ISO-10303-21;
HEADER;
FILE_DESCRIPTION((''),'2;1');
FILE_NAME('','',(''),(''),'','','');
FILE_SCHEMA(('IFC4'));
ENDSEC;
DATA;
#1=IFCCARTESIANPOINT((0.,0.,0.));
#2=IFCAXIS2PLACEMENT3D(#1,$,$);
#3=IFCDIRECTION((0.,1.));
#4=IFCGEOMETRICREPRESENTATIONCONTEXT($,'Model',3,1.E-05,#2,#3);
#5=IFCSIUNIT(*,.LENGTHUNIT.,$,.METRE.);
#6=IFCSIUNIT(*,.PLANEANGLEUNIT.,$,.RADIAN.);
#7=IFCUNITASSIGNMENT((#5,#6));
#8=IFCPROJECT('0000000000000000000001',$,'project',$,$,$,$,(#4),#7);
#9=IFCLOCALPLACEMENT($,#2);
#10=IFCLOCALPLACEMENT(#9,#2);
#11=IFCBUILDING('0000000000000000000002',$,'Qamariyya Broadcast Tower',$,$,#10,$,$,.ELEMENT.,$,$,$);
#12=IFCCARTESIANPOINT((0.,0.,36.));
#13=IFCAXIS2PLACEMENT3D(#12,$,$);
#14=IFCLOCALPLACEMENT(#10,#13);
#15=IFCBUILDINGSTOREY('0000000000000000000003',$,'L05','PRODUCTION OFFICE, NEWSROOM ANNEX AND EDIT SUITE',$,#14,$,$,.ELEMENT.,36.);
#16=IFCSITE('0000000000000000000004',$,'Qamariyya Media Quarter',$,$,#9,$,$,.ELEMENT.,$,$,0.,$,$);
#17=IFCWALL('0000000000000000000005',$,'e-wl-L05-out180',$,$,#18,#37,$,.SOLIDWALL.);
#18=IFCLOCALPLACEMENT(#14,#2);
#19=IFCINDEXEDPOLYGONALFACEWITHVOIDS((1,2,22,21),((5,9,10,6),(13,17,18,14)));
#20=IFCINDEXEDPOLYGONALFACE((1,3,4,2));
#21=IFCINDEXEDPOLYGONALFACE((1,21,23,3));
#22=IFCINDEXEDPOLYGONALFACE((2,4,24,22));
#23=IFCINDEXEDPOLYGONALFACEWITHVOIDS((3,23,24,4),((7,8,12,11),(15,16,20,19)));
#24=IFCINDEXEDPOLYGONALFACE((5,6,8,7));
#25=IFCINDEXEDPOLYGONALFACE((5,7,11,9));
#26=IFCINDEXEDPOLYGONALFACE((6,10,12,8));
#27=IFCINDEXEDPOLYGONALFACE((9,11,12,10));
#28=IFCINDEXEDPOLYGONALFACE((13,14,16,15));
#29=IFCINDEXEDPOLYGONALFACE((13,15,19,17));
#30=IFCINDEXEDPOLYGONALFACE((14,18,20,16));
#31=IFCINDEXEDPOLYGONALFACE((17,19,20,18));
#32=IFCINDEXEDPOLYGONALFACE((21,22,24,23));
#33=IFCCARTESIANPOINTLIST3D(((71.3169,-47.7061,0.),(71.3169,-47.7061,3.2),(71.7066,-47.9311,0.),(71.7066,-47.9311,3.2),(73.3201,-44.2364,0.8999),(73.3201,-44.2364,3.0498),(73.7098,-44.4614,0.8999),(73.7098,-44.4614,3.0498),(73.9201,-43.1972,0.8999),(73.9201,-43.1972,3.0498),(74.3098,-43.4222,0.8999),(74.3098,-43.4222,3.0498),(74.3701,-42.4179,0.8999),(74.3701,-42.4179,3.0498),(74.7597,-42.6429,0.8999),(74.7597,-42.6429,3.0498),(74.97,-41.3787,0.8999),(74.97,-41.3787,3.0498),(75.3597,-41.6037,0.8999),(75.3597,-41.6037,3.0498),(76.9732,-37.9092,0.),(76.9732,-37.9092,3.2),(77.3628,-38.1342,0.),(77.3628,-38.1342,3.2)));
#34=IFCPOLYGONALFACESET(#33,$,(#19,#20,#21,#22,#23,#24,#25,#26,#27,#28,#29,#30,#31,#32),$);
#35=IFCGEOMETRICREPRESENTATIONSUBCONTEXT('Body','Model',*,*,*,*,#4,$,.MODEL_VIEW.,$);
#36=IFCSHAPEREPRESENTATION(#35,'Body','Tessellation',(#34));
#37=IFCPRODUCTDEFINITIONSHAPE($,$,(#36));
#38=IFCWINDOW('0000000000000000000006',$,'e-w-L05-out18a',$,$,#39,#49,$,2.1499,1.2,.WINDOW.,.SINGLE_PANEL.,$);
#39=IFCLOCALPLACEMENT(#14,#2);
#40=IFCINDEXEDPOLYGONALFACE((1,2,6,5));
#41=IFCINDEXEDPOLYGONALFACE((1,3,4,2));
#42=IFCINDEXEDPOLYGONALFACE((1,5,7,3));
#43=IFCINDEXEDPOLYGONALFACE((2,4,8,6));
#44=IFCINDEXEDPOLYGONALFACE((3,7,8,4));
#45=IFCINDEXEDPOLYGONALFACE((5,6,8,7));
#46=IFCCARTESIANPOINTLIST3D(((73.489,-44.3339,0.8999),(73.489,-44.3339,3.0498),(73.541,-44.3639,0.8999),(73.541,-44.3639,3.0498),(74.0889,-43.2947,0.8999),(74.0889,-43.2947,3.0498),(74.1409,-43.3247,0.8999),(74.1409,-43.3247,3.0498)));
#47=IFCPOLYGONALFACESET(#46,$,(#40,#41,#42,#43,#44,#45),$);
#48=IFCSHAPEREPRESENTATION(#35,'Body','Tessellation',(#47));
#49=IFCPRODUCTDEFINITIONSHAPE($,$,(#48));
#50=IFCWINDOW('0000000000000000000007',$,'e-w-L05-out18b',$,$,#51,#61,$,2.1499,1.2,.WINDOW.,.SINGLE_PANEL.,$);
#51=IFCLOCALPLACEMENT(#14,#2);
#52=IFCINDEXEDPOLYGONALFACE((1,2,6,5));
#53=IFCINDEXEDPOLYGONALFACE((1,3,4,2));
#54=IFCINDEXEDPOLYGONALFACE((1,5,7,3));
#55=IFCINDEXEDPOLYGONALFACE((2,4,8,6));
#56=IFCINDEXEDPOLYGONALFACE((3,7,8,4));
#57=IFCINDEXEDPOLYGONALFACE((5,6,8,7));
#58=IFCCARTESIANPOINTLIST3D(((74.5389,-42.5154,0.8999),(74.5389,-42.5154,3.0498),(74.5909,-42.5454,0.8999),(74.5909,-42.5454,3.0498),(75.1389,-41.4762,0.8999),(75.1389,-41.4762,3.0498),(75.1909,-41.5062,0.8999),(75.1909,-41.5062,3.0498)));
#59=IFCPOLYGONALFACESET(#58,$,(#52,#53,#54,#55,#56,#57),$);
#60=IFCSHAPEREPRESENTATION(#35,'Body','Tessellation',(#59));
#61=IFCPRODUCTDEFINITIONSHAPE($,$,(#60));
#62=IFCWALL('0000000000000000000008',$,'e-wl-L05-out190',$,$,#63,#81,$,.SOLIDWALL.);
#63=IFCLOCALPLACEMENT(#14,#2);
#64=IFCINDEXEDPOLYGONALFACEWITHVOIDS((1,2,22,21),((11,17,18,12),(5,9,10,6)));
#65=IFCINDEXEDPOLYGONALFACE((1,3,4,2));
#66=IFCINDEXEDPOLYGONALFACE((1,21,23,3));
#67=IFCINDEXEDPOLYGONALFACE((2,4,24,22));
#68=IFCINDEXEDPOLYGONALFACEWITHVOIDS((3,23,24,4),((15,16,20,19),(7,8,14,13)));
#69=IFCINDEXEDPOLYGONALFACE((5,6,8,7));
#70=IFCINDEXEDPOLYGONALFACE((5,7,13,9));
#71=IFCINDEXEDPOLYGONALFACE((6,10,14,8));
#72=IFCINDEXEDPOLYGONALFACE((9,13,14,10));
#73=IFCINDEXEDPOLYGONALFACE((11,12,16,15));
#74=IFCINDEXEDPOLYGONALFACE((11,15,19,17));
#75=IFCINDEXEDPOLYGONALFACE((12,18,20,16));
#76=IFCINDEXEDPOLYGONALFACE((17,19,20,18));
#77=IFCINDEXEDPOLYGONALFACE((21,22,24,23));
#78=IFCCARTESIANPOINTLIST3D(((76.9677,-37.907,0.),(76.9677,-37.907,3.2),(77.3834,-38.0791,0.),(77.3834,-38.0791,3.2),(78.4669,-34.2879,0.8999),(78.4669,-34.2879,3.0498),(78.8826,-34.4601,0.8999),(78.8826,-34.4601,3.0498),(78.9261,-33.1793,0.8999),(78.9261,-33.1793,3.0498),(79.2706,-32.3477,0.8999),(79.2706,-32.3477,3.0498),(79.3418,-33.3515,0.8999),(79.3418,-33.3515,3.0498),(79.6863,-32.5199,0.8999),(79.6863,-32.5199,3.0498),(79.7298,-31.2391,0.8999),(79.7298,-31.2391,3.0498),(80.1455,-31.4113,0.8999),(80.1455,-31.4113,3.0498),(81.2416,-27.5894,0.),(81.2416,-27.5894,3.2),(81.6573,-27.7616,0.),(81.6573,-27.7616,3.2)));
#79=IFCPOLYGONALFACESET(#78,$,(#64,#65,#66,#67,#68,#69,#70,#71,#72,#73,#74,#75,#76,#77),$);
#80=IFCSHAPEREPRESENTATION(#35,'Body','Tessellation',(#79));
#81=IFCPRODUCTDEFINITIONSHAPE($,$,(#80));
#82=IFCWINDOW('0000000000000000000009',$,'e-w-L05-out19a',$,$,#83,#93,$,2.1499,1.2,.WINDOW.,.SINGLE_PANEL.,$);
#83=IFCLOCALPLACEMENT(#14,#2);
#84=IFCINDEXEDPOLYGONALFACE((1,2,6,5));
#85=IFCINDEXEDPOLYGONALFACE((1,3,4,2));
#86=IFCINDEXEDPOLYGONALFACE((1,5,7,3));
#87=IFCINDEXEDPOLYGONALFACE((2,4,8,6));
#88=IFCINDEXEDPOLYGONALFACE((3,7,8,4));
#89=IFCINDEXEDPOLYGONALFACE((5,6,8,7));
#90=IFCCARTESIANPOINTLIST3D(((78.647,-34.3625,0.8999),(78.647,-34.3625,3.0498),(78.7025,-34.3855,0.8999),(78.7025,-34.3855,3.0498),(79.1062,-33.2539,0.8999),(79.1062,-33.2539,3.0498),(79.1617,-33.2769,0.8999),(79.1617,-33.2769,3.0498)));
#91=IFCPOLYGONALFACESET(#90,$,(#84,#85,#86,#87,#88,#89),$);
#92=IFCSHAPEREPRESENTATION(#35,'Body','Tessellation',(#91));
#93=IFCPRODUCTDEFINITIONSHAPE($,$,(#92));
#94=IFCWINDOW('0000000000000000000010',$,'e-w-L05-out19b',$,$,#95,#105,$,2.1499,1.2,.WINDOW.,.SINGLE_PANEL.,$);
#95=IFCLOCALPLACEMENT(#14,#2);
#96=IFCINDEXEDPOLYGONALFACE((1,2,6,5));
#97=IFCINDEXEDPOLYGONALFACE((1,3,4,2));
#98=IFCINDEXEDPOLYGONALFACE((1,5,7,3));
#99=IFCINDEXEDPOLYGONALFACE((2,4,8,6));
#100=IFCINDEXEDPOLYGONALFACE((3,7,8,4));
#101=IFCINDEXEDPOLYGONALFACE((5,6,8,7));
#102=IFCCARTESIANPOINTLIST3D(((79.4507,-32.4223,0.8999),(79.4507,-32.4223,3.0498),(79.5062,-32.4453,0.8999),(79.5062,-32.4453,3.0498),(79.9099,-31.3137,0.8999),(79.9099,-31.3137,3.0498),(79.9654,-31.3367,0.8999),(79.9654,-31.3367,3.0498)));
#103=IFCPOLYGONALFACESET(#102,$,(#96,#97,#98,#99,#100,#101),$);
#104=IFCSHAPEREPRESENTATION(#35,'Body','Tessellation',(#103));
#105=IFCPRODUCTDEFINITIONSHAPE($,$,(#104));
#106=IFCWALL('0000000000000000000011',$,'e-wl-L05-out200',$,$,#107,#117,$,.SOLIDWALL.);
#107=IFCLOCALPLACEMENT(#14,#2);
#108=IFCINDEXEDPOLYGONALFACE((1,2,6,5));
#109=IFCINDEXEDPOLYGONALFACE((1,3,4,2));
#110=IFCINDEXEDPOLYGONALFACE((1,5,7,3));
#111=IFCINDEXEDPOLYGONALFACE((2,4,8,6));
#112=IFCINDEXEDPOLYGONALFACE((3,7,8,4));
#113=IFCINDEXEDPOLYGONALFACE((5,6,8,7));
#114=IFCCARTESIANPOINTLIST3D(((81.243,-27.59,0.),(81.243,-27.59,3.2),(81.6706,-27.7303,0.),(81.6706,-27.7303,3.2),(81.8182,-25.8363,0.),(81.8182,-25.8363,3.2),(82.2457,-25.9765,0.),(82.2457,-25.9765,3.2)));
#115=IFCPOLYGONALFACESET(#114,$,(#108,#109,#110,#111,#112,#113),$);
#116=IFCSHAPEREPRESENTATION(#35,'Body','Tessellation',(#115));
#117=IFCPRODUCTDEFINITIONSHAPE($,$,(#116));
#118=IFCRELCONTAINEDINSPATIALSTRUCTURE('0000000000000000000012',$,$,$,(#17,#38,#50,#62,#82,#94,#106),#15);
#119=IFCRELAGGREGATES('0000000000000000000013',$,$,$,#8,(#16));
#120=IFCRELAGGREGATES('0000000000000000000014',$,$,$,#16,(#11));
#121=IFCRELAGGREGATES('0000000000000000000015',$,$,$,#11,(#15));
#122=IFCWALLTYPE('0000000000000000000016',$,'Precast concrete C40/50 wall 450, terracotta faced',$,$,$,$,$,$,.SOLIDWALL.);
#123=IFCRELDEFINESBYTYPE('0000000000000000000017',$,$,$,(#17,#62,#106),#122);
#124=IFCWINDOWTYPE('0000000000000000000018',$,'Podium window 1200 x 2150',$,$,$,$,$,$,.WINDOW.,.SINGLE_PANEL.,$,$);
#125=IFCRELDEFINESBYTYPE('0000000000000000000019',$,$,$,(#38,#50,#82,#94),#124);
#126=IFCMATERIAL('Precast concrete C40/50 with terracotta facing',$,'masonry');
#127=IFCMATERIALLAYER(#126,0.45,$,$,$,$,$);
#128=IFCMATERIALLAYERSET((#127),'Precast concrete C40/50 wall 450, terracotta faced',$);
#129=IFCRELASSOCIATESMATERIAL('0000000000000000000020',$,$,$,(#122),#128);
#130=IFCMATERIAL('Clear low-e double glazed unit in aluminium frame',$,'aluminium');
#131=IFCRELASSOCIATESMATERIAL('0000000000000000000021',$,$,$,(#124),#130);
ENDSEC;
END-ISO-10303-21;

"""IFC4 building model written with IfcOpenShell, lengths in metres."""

from ifc_helpers import new_model, si_unit, direction, frame, frame_2d, origin, place, context, subcontext, project, spatial, rectangle, extrude, material, layer, layer_set, type_object, element, fill, save


model = new_model("IFC4")

# Units and contexts
model_context = context("Model", 3, precision=1e-05, world=origin(), true_north=direction((0.0, 1.0)))
body_context = subcontext(model_context, "Body", "Model", "MODEL_VIEW")
ifc_project = project(units=[si_unit("LENGTHUNIT", "METRE"), si_unit("PLANEANGLEUNIT", "RADIAN")], contexts=[model_context])

# Site, building, storey
site_placement = place(None, origin())
site = spatial("IfcSite", under=ifc_project, at=site_placement, Name="Qamariyya Media Quarter", CompositionType="ELEMENT", RefElevation=0.0)
building_placement = place(site_placement, origin())
building = spatial("IfcBuilding", under=site, at=building_placement, Name="Qamariyya Broadcast Tower", CompositionType="ELEMENT")
storey_placement = place(building_placement, frame((0.0, 0.0, 36.0)))
storey = spatial("IfcBuildingStorey", under=building, at=storey_placement, Name="L05", Description="PRODUCTION OFFICE, NEWSROOM ANNEX AND EDIT SUITE", CompositionType="ELEMENT", Elevation=36.0)

# Shared definitions
ifc_material_1 = material(Name="Precast concrete C40/50 with terracotta facing", Category="masonry")
ifc_layer_1 = layer(ifc_material_1, 0.45)
ifc_layer_set_1 = layer_set([ifc_layer_1], Name="Precast concrete C40/50 wall 450, terracotta faced")
wall_type_1 = type_object("IfcWallType", Name="Precast concrete C40/50 wall 450, terracotta faced", PredefinedType="SOLIDWALL", material=ifc_layer_set_1)

# Walls, openings, windows
wall_1_placement = place(storey_placement, frame((71.5117, -47.8186, 0.0), z_axis=(0.0, 0.0, 1.0), x_axis=(0.500001, 0.866025, 0.0)))
wall_1 = element("IfcWall", 1, at=wall_1_placement, inside=storey, type_object=wall_type_1, Name="e-wl-L05-out180", PredefinedType="SOLIDWALL", context=body_context, shape_type="SweptSolid", body=[
    extrude(rectangle(XDim=11.3125, YDim=0.45, at=frame_2d((5.6562, 0.0))), origin(), (0.0, 0.0, 1.0), 3.2),
])
opening_1_placement = place(wall_1_placement, frame((4.0063, 0.0, 0.8999)))
opening_1 = element("IfcOpeningElement", 2, at=opening_1_placement, cuts=wall_1, PredefinedType="OPENING", context=body_context, shape_type="SweptSolid", body=[
    extrude(rectangle(XDim=1.2, YDim=2.1499, at=frame_2d((0.6001, 1.075))), frame((0.0, 0.2349, 0.0), z_axis=(0.0, -1.0, 0.0), x_axis=(1.0, 0.0, 0.0)), (0.0, 0.0, 1.0), 0.47),
])
opening_2_placement = place(wall_1_placement, frame((6.1062, 0.0, 0.8999)))
opening_2 = element("IfcOpeningElement", 3, at=opening_2_placement, cuts=wall_1, PredefinedType="OPENING", context=body_context, shape_type="SweptSolid", body=[
    extrude(rectangle(XDim=1.2, YDim=2.1499, at=frame_2d((0.6001, 1.075))), frame((0.0, 0.2349, 0.0), z_axis=(0.0, -1.0, 0.0), x_axis=(1.0, 0.0, 0.0)), (0.0, 0.0, 1.0), 0.47),
])
ifc_material_2 = material(Name="Clear low-e double glazed unit in aluminium frame", Category="aluminium")
window_type = type_object("IfcWindowType", Name="Podium window 1200 x 2150", PartitioningType="SINGLE_PANEL", PredefinedType="WINDOW", material=ifc_material_2)
window_1_placement = place(opening_1_placement, origin())
window_1 = element("IfcWindow", 4, at=window_1_placement, inside=storey, type_object=window_type, Name="e-w-L05-out18a", OverallHeight=2.1499, OverallWidth=1.2, PartitioningType="SINGLE_PANEL", PredefinedType="WINDOW", context=body_context, shape_type="SweptSolid", body=[
    extrude(rectangle(XDim=1.2, YDim=2.1499, at=frame_2d((0.6001, 1.075))), frame((0.0, 0.03, 0.0), z_axis=(0.0, -1.0, 0.0), x_axis=(1.0, 0.0, 0.0)), (0.0, 0.0, 1.0), 0.0601),
])
fill(opening_1, window_1)
window_2_placement = place(opening_2_placement, origin())
window_2 = element("IfcWindow", 5, at=window_2_placement, inside=storey, type_object=window_type, Name="e-w-L05-out18b", OverallHeight=2.1499, OverallWidth=1.2, PartitioningType="SINGLE_PANEL", PredefinedType="WINDOW", context=body_context, shape_type="SweptSolid", body=[
    extrude(rectangle(XDim=1.2, YDim=2.1499, at=frame_2d((0.6001, 1.075))), frame((0.0, 0.03, 0.0), z_axis=(0.0, -1.0, 0.0), x_axis=(1.0, 0.0, 0.0)), (0.0, 0.0, 1.0), 0.0601),
])
fill(opening_2, window_2)
wall_2_placement = place(storey_placement, frame((77.1755, -37.9932, 0.0), z_axis=(0.0, 0.0, 1.0), x_axis=(0.382701, 0.923872, 0.0)))
wall_2 = element("IfcWall", 6, at=wall_2_placement, inside=storey, type_object=wall_type_1, Name="e-wl-L05-out190", PredefinedType="SOLIDWALL", context=body_context, shape_type="SweptSolid", body=[
    extrude(rectangle(XDim=11.1677, YDim=0.45, at=frame_2d((5.584, 0.0))), origin(), (0.0, 0.0, 1.0), 3.2),
])
opening_3_placement = place(wall_2_placement, frame((3.9172, 0.0, 0.8999)))
opening_3 = element("IfcOpeningElement", 7, at=opening_3_placement, cuts=wall_2, PredefinedType="OPENING", context=body_context, shape_type="SweptSolid", body=[
    extrude(rectangle(XDim=1.2, YDim=2.1499, at=frame_2d((0.6001, 1.075))), frame((0.0, 0.2349, 0.0), z_axis=(0.0, -1.0, 0.0), x_axis=(1.0, 0.0, 0.0)), (0.0, 0.0, 1.0), 0.47),
])
opening_4_placement = place(wall_2_placement, frame((6.0173, 0.0, 0.8999)))
opening_4 = element("IfcOpeningElement", 8, at=opening_4_placement, cuts=wall_2, PredefinedType="OPENING", context=body_context, shape_type="SweptSolid", body=[
    extrude(rectangle(XDim=1.2, YDim=2.1499, at=frame_2d((0.6001, 1.075))), frame((0.0, 0.2349, 0.0), z_axis=(0.0, -1.0, 0.0), x_axis=(1.0, 0.0, 0.0)), (0.0, 0.0, 1.0), 0.47),
])
window_3_placement = place(opening_3_placement, origin())
window_3 = element("IfcWindow", 9, at=window_3_placement, inside=storey, type_object=window_type, Name="e-w-L05-out19a", OverallHeight=2.1499, OverallWidth=1.2, PartitioningType="SINGLE_PANEL", PredefinedType="WINDOW", context=body_context, shape_type="SweptSolid", body=[
    extrude(rectangle(XDim=1.2, YDim=2.1499, at=frame_2d((0.6001, 1.075))), frame((0.0, 0.03, 0.0), z_axis=(0.0, -1.0, 0.0), x_axis=(1.0, 0.0, 0.0)), (0.0, 0.0, 1.0), 0.0601),
])
fill(opening_3, window_3)
window_4_placement = place(opening_4_placement, origin())
window_4 = element("IfcWindow", 10, at=window_4_placement, inside=storey, type_object=window_type, Name="e-w-L05-out19b", OverallHeight=2.1499, OverallWidth=1.2, PartitioningType="SINGLE_PANEL", PredefinedType="WINDOW", context=body_context, shape_type="SweptSolid", body=[
    extrude(rectangle(XDim=1.2, YDim=2.1499, at=frame_2d((0.6001, 1.075))), frame((0.0, 0.03, 0.0), z_axis=(0.0, -1.0, 0.0), x_axis=(1.0, 0.0, 0.0)), (0.0, 0.0, 1.0), 0.0601),
])
fill(opening_4, window_4)

# Wall
wall_3_placement = place(storey_placement, frame((81.4568, -27.6602, 0.0), z_axis=(0.0, 0.0, 1.0), x_axis=(0.311621, 0.950206, 0.0)))
element("IfcWall", 11, at=wall_3_placement, inside=storey, type_object=wall_type_1, Name="e-wl-L05-out200", PredefinedType="SOLIDWALL", context=body_context, shape_type="SweptSolid", body=[
    extrude(rectangle(XDim=1.8457, YDim=0.45, at=frame_2d((0.9229, 0.0))), origin(), (0.0, 0.0, 1.0), 3.2),
])

save(model, "model.ifc")
